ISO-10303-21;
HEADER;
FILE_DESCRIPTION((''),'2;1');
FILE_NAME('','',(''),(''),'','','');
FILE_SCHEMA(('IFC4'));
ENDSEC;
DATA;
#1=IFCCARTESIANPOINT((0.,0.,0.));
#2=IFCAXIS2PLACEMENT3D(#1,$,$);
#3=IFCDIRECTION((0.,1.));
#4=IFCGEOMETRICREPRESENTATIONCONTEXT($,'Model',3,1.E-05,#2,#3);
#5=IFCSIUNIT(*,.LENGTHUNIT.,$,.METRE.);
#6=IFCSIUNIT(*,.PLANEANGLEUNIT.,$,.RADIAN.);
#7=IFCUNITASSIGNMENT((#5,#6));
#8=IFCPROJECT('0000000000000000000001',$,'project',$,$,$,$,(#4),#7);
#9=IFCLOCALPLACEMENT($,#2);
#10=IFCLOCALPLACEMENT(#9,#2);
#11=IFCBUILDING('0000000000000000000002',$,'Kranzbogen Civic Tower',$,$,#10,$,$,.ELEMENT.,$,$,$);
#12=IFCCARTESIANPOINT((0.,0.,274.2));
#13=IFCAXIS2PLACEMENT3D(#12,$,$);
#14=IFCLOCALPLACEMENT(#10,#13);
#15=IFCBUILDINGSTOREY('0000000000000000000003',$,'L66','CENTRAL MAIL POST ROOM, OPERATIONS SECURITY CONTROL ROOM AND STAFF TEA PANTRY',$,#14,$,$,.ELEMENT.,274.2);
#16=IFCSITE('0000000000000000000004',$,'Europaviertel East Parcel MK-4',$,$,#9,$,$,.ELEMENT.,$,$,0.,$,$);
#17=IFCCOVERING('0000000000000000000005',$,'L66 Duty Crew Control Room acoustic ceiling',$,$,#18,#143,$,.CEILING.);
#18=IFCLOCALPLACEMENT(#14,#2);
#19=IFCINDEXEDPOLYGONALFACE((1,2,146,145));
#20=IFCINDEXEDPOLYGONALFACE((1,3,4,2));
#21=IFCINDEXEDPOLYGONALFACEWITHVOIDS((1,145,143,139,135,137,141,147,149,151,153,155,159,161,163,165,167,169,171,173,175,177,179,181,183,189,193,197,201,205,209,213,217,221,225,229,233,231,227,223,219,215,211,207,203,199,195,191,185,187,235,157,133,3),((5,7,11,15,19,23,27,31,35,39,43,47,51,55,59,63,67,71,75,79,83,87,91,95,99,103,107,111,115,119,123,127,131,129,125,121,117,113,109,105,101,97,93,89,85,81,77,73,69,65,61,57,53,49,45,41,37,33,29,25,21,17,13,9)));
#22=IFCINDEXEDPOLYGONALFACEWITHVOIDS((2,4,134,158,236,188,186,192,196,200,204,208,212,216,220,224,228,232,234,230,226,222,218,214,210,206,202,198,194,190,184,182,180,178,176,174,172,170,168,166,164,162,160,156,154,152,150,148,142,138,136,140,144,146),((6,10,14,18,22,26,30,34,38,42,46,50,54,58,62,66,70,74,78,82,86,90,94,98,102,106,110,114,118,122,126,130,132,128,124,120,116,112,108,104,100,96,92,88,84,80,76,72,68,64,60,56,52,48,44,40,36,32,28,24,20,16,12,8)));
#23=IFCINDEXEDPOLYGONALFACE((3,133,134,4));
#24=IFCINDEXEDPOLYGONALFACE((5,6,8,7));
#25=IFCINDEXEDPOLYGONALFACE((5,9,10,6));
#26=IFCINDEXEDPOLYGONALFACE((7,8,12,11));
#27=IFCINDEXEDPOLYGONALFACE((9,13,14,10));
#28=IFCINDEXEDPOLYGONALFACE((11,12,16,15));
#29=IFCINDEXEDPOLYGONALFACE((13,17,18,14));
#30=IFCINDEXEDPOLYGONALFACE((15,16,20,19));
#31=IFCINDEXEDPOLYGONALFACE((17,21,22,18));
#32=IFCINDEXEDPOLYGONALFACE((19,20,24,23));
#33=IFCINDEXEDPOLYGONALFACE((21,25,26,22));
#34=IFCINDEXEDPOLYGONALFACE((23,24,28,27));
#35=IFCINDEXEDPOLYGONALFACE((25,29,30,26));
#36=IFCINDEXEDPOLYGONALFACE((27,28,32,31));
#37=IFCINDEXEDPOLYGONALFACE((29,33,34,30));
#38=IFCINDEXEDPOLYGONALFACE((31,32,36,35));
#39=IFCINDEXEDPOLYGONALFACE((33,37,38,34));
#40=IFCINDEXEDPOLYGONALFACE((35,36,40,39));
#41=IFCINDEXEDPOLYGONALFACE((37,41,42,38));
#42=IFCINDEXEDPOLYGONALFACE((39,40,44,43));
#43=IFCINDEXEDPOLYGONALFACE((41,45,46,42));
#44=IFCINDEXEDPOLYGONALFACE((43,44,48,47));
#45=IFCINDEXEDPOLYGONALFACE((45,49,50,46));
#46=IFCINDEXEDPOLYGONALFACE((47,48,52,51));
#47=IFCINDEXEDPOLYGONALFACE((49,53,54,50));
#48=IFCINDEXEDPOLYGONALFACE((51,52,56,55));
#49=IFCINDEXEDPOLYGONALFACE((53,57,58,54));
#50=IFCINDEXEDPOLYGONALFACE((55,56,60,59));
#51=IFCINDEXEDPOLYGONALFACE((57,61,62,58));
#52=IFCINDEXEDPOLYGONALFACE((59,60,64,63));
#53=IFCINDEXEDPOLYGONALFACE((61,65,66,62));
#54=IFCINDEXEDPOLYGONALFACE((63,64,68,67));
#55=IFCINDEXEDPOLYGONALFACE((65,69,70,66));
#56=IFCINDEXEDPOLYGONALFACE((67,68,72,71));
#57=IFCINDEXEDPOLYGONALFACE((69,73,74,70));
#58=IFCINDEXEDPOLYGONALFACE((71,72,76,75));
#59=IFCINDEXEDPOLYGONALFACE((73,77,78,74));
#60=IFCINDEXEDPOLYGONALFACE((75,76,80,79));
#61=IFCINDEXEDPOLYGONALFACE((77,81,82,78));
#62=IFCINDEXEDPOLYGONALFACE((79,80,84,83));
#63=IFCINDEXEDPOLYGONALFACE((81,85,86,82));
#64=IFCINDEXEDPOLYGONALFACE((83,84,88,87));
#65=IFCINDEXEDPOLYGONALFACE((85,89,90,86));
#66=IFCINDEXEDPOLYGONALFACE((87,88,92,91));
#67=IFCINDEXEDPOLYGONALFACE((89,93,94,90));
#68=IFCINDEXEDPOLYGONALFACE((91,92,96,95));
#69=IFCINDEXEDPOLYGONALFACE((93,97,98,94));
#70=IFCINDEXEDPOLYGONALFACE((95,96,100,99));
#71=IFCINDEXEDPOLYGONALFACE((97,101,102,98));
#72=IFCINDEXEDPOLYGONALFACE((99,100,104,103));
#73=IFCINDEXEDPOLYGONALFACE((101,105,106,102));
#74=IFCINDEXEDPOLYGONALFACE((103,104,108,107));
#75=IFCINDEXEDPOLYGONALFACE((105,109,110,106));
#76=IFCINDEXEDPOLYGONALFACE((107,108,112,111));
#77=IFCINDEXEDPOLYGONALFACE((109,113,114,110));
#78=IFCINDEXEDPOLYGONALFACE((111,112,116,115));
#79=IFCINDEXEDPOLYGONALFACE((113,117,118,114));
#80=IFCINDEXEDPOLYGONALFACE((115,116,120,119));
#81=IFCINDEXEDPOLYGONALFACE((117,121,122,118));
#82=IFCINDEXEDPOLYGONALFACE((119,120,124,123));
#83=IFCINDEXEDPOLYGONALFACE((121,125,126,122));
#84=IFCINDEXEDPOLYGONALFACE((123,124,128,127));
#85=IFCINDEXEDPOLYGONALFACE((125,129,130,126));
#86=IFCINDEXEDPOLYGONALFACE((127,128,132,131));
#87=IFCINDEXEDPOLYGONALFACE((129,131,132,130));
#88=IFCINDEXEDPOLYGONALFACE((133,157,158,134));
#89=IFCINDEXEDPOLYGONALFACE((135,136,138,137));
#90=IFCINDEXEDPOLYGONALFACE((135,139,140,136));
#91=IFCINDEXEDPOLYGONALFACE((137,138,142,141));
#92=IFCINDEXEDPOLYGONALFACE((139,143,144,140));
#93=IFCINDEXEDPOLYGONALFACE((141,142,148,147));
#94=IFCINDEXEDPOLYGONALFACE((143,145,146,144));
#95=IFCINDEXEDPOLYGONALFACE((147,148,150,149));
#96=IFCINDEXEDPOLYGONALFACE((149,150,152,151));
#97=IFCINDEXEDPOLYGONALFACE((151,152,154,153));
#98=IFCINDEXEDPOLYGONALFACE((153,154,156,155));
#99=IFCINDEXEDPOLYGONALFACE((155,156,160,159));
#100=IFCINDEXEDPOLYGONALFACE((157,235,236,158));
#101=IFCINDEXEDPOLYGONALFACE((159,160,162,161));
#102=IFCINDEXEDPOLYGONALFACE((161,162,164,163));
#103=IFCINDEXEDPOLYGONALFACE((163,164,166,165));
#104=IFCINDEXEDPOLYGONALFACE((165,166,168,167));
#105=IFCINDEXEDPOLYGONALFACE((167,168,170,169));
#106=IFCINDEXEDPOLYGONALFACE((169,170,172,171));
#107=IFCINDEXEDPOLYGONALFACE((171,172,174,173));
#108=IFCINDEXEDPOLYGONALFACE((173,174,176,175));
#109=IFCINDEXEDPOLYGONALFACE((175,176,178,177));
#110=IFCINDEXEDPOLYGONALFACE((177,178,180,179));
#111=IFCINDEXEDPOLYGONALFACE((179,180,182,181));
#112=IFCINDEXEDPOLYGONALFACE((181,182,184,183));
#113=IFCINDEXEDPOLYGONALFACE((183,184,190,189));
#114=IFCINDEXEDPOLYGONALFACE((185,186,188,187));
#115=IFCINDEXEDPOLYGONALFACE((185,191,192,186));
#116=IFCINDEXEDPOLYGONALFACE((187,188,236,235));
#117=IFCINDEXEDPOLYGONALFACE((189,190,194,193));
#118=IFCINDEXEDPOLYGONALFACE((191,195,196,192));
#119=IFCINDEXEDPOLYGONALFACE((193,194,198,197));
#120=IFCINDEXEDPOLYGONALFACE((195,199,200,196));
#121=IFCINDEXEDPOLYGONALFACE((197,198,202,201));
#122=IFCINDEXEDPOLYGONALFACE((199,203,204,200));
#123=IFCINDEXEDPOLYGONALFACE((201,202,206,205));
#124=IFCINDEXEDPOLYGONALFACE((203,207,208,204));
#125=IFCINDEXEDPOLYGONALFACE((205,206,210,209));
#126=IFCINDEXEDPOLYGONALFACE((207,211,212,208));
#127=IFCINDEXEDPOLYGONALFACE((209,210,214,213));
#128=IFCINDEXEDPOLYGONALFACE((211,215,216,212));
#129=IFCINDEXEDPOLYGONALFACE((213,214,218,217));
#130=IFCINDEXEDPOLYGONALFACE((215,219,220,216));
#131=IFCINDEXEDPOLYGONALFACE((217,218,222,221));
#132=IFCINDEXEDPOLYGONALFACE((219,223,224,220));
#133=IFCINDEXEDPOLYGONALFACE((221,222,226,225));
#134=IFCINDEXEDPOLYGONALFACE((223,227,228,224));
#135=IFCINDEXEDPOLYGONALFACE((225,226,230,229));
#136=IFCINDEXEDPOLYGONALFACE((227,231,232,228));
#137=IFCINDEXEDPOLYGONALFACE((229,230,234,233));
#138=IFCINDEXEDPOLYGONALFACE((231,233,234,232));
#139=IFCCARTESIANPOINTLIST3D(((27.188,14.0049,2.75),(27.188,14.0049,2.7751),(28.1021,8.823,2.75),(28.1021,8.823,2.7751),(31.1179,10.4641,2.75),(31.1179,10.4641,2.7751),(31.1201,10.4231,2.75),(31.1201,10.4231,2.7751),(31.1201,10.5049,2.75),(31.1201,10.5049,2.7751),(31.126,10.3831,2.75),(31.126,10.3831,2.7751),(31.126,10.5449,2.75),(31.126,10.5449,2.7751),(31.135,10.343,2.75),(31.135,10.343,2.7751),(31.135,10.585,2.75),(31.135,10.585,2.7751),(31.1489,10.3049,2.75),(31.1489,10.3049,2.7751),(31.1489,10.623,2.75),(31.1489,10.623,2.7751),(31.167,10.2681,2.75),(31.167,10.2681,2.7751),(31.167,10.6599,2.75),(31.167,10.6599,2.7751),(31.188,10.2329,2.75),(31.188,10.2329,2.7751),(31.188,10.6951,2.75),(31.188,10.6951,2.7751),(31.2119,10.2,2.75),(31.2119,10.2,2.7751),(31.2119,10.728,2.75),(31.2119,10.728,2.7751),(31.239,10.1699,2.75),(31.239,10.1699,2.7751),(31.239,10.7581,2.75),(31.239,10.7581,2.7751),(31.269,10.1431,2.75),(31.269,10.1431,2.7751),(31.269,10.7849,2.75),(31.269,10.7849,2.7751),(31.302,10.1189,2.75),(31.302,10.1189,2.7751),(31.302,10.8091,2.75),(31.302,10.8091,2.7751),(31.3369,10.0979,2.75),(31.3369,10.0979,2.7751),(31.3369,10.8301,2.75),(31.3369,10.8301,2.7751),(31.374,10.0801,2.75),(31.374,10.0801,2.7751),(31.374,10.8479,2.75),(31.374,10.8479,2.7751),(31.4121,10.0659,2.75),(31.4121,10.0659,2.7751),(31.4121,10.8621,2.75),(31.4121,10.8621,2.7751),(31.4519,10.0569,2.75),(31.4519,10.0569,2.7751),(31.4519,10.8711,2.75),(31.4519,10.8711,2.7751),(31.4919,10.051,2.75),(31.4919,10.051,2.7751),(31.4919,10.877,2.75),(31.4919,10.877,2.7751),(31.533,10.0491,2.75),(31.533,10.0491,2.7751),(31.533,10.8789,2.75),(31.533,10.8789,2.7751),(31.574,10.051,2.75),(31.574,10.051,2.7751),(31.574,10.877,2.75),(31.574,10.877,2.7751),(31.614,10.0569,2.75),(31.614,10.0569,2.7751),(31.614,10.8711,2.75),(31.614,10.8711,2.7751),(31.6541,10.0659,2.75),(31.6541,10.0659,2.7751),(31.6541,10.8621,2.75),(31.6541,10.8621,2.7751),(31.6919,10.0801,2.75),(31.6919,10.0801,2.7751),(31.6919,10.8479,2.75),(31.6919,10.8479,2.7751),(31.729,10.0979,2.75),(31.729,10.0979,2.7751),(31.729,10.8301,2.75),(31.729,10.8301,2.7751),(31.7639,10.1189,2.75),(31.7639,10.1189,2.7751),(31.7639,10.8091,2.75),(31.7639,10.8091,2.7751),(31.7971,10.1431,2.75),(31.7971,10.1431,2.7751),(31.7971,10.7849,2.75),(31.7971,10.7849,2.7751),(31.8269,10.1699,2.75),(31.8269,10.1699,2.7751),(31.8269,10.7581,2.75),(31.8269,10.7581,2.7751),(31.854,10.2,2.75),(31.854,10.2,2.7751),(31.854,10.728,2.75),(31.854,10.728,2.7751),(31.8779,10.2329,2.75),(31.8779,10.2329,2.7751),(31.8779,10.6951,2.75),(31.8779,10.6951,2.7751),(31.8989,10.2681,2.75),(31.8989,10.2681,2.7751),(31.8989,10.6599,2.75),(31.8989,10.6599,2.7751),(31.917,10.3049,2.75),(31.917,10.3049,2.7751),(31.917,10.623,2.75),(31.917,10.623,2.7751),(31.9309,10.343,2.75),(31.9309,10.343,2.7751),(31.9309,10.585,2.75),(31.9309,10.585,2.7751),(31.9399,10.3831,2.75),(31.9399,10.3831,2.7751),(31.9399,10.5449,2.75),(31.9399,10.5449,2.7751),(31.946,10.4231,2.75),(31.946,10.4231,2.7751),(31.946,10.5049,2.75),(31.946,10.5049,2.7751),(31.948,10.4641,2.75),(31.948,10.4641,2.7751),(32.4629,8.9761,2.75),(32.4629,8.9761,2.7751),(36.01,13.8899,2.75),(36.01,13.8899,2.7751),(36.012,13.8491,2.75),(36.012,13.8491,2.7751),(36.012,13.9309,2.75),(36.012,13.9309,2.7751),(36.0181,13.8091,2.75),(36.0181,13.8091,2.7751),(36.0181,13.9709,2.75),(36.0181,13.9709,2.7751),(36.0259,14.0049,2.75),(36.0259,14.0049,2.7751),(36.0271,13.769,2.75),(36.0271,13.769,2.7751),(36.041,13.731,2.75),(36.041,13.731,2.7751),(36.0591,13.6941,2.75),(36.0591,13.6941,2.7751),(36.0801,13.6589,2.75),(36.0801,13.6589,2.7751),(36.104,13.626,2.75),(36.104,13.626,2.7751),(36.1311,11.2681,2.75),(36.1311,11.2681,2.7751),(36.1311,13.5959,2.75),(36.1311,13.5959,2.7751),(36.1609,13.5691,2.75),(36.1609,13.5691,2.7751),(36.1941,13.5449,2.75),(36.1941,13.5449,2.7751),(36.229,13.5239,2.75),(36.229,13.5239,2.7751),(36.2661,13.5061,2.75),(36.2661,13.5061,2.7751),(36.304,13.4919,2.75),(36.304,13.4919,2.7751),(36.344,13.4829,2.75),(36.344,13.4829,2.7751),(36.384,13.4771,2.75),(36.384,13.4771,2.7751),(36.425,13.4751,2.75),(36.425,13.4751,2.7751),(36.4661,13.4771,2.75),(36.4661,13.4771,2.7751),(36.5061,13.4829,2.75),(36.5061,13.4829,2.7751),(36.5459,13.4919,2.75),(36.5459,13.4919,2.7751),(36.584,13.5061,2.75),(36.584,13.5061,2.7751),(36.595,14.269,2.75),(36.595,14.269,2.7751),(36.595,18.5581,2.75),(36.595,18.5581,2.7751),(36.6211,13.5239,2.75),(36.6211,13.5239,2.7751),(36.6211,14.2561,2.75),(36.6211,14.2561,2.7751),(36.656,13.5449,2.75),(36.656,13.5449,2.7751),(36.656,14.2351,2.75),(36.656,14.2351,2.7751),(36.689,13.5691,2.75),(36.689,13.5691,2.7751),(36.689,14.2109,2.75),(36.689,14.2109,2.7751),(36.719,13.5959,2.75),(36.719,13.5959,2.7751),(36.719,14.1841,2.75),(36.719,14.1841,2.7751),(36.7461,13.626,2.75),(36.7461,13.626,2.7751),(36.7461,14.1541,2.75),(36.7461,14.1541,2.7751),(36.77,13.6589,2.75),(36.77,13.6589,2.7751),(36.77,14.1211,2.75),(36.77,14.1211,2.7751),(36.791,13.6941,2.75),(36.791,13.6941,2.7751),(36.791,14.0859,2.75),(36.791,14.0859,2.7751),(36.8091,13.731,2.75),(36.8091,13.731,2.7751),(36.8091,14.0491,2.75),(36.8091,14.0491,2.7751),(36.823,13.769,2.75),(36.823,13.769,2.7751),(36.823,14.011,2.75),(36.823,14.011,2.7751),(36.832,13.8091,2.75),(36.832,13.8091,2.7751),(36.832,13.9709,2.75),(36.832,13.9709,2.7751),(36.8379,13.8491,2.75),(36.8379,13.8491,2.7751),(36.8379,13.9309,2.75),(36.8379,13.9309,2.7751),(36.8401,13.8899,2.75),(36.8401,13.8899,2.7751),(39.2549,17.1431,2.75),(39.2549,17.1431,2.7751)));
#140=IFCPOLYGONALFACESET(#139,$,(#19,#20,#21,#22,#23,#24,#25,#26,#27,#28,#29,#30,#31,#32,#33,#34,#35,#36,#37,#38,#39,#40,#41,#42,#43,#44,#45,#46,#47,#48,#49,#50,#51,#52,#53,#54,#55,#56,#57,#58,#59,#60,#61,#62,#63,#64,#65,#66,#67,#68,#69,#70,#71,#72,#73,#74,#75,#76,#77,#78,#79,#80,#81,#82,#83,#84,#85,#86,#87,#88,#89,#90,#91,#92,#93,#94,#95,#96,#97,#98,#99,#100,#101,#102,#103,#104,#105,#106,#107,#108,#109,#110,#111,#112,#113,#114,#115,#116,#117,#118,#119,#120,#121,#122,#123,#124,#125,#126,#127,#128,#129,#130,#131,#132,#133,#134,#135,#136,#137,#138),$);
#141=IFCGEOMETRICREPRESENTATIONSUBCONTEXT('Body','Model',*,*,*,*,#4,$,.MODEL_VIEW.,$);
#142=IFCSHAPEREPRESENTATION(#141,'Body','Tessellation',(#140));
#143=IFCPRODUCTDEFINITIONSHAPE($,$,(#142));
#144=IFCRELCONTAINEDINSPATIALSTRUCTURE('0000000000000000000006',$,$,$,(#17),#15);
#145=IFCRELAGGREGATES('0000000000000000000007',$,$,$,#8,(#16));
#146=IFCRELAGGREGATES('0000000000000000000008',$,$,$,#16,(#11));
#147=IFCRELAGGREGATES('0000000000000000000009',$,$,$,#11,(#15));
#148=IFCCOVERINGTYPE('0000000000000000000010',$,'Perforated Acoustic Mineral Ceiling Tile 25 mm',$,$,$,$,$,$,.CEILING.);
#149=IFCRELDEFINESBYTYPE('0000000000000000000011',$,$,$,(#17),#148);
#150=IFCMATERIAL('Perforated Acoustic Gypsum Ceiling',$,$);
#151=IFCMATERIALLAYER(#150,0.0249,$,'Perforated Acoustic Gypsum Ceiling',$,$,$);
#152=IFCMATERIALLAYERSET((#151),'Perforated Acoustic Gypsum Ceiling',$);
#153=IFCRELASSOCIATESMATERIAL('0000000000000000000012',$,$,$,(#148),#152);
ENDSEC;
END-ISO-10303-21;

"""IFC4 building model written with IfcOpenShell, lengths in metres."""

from ifc_helpers import new_model, si_unit, direction, frame, origin, place, context, subcontext, project, spatial, polyline, outline, extrude, material, layer, layer_set, type_object, element, save


model = new_model("IFC4")

# Units and contexts
model_context = context("Model", 3, precision=1e-05, world=origin(), true_north=direction((0.0, 1.0)))
body_context = subcontext(model_context, "Body", "Model", "MODEL_VIEW")
ifc_project = project(units=[si_unit("LENGTHUNIT", "METRE"), si_unit("PLANEANGLEUNIT", "RADIAN")], contexts=[model_context])

# Site, building, storey
site_placement = place(None, origin())
site = spatial("IfcSite", under=ifc_project, at=site_placement, Name="Europaviertel East Parcel MK-4", CompositionType="ELEMENT", RefElevation=0.0)
building_placement = place(site_placement, origin())
building = spatial("IfcBuilding", under=site, at=building_placement, Name="Kranzbogen Civic Tower", CompositionType="ELEMENT")
storey_placement = place(building_placement, frame((0.0, 0.0, 274.2)))
storey = spatial("IfcBuildingStorey", under=building, at=storey_placement, Name="L66", Description="CENTRAL MAIL POST ROOM, OPERATIONS SECURITY CONTROL ROOM AND STAFF TEA PANTRY", CompositionType="ELEMENT", Elevation=274.2)

# Covering
ifc_material_1 = material(Name="Perforated Acoustic Gypsum Ceiling")
ifc_layer_1 = layer(ifc_material_1, 0.0249, Name="Perforated Acoustic Gypsum Ceiling")
ifc_layer_set_1 = layer_set([ifc_layer_1], Name="Perforated Acoustic Gypsum Ceiling")
covering_type_1 = type_object("IfcCoveringType", Name="Perforated Acoustic Mineral Ceiling Tile 25 mm", PredefinedType="CEILING", material=ifc_layer_set_1)
covering_1_placement = place(storey_placement, frame((0.0, 0.0, 2.75)))
element("IfcCovering", 1, at=covering_1_placement, inside=storey, type_object=covering_type_1, Name="L66 Duty Crew Control Room acoustic ceiling", PredefinedType="CEILING", context=body_context, shape_type="SweptSolid", body=[
    extrude(outline(polyline([(32.4629, 8.9761), (28.1021, 8.823), (27.188, 14.0049), (36.0259, 14.0049), (36.0181, 13.9709), (36.012, 13.9309), (36.01, 13.8899), (36.012, 13.8491), (36.0181, 13.8091), (36.0271, 13.769), (36.041, 13.731), (36.0591, 13.6941), (36.0801, 13.6589), (36.104, 13.626), (36.1311, 13.5959), (36.1609, 13.5691), (36.1941, 13.5449), (36.229, 13.5239), (36.2661, 13.5061), (36.304, 13.4919), (36.344, 13.4829), (36.384, 13.4771), (36.425, 13.4751), (36.4661, 13.4771), (36.5061, 13.4829), (36.5459, 13.4919), (36.584, 13.5061), (36.6211, 13.5239), (36.656, 13.5449), (36.689, 13.5691), (36.719, 13.5959), (36.7461, 13.626), (36.77, 13.6589), (36.791, 13.6941), (36.8091, 13.731), (36.823, 13.769), (36.832, 13.8091), (36.8379, 13.8491), (36.8401, 13.8899), (36.8379, 13.9309), (36.832, 13.9709), (36.823, 14.011), (36.8091, 14.0491), (36.791, 14.0859), (36.77, 14.1211), (36.7461, 14.1541), (36.719, 14.1841), (36.689, 14.2109), (36.656, 14.2351), (36.6211, 14.2561), (36.595, 14.269), (36.595, 18.5581), (39.2549, 17.1431), (36.1311, 11.2681), (32.4629, 8.9761)]), holes=[polyline([(31.917, 10.3049), (31.8989, 10.2681), (31.8779, 10.2329), (31.854, 10.2), (31.8269, 10.1699), (31.7971, 10.1431), (31.7639, 10.1189), (31.729, 10.0979), (31.6919, 10.0801), (31.6541, 10.0659), (31.614, 10.0569), (31.574, 10.051), (31.533, 10.0491), (31.4919, 10.051), (31.4519, 10.0569), (31.4121, 10.0659), (31.374, 10.0801), (31.3369, 10.0979), (31.302, 10.1189), (31.269, 10.1431), (31.239, 10.1699), (31.2119, 10.2), (31.188, 10.2329), (31.167, 10.2681), (31.1489, 10.3049), (31.135, 10.343), (31.126, 10.3831), (31.1201, 10.4231), (31.1179, 10.4641), (31.1201, 10.5049), (31.126, 10.5449), (31.135, 10.585), (31.1489, 10.623), (31.167, 10.6599), (31.188, 10.6951), (31.2119, 10.728), (31.239, 10.7581), (31.269, 10.7849), (31.302, 10.8091), (31.3369, 10.8301), (31.374, 10.8479), (31.4121, 10.8621), (31.4519, 10.8711), (31.4919, 10.877), (31.533, 10.8789), (31.574, 10.877), (31.614, 10.8711), (31.6541, 10.8621), (31.6919, 10.8479), (31.729, 10.8301), (31.7639, 10.8091), (31.7971, 10.7849), (31.8269, 10.7581), (31.854, 10.728), (31.8779, 10.6951), (31.8989, 10.6599), (31.917, 10.623), (31.9309, 10.585), (31.9399, 10.5449), (31.946, 10.5049), (31.948, 10.4641), (31.946, 10.4231), (31.9399, 10.3831), (31.9309, 10.343), (31.917, 10.3049)])]), origin(), (0.0, 0.0, 1.0), 0.0251),
])

save(model, "model.ifc")
